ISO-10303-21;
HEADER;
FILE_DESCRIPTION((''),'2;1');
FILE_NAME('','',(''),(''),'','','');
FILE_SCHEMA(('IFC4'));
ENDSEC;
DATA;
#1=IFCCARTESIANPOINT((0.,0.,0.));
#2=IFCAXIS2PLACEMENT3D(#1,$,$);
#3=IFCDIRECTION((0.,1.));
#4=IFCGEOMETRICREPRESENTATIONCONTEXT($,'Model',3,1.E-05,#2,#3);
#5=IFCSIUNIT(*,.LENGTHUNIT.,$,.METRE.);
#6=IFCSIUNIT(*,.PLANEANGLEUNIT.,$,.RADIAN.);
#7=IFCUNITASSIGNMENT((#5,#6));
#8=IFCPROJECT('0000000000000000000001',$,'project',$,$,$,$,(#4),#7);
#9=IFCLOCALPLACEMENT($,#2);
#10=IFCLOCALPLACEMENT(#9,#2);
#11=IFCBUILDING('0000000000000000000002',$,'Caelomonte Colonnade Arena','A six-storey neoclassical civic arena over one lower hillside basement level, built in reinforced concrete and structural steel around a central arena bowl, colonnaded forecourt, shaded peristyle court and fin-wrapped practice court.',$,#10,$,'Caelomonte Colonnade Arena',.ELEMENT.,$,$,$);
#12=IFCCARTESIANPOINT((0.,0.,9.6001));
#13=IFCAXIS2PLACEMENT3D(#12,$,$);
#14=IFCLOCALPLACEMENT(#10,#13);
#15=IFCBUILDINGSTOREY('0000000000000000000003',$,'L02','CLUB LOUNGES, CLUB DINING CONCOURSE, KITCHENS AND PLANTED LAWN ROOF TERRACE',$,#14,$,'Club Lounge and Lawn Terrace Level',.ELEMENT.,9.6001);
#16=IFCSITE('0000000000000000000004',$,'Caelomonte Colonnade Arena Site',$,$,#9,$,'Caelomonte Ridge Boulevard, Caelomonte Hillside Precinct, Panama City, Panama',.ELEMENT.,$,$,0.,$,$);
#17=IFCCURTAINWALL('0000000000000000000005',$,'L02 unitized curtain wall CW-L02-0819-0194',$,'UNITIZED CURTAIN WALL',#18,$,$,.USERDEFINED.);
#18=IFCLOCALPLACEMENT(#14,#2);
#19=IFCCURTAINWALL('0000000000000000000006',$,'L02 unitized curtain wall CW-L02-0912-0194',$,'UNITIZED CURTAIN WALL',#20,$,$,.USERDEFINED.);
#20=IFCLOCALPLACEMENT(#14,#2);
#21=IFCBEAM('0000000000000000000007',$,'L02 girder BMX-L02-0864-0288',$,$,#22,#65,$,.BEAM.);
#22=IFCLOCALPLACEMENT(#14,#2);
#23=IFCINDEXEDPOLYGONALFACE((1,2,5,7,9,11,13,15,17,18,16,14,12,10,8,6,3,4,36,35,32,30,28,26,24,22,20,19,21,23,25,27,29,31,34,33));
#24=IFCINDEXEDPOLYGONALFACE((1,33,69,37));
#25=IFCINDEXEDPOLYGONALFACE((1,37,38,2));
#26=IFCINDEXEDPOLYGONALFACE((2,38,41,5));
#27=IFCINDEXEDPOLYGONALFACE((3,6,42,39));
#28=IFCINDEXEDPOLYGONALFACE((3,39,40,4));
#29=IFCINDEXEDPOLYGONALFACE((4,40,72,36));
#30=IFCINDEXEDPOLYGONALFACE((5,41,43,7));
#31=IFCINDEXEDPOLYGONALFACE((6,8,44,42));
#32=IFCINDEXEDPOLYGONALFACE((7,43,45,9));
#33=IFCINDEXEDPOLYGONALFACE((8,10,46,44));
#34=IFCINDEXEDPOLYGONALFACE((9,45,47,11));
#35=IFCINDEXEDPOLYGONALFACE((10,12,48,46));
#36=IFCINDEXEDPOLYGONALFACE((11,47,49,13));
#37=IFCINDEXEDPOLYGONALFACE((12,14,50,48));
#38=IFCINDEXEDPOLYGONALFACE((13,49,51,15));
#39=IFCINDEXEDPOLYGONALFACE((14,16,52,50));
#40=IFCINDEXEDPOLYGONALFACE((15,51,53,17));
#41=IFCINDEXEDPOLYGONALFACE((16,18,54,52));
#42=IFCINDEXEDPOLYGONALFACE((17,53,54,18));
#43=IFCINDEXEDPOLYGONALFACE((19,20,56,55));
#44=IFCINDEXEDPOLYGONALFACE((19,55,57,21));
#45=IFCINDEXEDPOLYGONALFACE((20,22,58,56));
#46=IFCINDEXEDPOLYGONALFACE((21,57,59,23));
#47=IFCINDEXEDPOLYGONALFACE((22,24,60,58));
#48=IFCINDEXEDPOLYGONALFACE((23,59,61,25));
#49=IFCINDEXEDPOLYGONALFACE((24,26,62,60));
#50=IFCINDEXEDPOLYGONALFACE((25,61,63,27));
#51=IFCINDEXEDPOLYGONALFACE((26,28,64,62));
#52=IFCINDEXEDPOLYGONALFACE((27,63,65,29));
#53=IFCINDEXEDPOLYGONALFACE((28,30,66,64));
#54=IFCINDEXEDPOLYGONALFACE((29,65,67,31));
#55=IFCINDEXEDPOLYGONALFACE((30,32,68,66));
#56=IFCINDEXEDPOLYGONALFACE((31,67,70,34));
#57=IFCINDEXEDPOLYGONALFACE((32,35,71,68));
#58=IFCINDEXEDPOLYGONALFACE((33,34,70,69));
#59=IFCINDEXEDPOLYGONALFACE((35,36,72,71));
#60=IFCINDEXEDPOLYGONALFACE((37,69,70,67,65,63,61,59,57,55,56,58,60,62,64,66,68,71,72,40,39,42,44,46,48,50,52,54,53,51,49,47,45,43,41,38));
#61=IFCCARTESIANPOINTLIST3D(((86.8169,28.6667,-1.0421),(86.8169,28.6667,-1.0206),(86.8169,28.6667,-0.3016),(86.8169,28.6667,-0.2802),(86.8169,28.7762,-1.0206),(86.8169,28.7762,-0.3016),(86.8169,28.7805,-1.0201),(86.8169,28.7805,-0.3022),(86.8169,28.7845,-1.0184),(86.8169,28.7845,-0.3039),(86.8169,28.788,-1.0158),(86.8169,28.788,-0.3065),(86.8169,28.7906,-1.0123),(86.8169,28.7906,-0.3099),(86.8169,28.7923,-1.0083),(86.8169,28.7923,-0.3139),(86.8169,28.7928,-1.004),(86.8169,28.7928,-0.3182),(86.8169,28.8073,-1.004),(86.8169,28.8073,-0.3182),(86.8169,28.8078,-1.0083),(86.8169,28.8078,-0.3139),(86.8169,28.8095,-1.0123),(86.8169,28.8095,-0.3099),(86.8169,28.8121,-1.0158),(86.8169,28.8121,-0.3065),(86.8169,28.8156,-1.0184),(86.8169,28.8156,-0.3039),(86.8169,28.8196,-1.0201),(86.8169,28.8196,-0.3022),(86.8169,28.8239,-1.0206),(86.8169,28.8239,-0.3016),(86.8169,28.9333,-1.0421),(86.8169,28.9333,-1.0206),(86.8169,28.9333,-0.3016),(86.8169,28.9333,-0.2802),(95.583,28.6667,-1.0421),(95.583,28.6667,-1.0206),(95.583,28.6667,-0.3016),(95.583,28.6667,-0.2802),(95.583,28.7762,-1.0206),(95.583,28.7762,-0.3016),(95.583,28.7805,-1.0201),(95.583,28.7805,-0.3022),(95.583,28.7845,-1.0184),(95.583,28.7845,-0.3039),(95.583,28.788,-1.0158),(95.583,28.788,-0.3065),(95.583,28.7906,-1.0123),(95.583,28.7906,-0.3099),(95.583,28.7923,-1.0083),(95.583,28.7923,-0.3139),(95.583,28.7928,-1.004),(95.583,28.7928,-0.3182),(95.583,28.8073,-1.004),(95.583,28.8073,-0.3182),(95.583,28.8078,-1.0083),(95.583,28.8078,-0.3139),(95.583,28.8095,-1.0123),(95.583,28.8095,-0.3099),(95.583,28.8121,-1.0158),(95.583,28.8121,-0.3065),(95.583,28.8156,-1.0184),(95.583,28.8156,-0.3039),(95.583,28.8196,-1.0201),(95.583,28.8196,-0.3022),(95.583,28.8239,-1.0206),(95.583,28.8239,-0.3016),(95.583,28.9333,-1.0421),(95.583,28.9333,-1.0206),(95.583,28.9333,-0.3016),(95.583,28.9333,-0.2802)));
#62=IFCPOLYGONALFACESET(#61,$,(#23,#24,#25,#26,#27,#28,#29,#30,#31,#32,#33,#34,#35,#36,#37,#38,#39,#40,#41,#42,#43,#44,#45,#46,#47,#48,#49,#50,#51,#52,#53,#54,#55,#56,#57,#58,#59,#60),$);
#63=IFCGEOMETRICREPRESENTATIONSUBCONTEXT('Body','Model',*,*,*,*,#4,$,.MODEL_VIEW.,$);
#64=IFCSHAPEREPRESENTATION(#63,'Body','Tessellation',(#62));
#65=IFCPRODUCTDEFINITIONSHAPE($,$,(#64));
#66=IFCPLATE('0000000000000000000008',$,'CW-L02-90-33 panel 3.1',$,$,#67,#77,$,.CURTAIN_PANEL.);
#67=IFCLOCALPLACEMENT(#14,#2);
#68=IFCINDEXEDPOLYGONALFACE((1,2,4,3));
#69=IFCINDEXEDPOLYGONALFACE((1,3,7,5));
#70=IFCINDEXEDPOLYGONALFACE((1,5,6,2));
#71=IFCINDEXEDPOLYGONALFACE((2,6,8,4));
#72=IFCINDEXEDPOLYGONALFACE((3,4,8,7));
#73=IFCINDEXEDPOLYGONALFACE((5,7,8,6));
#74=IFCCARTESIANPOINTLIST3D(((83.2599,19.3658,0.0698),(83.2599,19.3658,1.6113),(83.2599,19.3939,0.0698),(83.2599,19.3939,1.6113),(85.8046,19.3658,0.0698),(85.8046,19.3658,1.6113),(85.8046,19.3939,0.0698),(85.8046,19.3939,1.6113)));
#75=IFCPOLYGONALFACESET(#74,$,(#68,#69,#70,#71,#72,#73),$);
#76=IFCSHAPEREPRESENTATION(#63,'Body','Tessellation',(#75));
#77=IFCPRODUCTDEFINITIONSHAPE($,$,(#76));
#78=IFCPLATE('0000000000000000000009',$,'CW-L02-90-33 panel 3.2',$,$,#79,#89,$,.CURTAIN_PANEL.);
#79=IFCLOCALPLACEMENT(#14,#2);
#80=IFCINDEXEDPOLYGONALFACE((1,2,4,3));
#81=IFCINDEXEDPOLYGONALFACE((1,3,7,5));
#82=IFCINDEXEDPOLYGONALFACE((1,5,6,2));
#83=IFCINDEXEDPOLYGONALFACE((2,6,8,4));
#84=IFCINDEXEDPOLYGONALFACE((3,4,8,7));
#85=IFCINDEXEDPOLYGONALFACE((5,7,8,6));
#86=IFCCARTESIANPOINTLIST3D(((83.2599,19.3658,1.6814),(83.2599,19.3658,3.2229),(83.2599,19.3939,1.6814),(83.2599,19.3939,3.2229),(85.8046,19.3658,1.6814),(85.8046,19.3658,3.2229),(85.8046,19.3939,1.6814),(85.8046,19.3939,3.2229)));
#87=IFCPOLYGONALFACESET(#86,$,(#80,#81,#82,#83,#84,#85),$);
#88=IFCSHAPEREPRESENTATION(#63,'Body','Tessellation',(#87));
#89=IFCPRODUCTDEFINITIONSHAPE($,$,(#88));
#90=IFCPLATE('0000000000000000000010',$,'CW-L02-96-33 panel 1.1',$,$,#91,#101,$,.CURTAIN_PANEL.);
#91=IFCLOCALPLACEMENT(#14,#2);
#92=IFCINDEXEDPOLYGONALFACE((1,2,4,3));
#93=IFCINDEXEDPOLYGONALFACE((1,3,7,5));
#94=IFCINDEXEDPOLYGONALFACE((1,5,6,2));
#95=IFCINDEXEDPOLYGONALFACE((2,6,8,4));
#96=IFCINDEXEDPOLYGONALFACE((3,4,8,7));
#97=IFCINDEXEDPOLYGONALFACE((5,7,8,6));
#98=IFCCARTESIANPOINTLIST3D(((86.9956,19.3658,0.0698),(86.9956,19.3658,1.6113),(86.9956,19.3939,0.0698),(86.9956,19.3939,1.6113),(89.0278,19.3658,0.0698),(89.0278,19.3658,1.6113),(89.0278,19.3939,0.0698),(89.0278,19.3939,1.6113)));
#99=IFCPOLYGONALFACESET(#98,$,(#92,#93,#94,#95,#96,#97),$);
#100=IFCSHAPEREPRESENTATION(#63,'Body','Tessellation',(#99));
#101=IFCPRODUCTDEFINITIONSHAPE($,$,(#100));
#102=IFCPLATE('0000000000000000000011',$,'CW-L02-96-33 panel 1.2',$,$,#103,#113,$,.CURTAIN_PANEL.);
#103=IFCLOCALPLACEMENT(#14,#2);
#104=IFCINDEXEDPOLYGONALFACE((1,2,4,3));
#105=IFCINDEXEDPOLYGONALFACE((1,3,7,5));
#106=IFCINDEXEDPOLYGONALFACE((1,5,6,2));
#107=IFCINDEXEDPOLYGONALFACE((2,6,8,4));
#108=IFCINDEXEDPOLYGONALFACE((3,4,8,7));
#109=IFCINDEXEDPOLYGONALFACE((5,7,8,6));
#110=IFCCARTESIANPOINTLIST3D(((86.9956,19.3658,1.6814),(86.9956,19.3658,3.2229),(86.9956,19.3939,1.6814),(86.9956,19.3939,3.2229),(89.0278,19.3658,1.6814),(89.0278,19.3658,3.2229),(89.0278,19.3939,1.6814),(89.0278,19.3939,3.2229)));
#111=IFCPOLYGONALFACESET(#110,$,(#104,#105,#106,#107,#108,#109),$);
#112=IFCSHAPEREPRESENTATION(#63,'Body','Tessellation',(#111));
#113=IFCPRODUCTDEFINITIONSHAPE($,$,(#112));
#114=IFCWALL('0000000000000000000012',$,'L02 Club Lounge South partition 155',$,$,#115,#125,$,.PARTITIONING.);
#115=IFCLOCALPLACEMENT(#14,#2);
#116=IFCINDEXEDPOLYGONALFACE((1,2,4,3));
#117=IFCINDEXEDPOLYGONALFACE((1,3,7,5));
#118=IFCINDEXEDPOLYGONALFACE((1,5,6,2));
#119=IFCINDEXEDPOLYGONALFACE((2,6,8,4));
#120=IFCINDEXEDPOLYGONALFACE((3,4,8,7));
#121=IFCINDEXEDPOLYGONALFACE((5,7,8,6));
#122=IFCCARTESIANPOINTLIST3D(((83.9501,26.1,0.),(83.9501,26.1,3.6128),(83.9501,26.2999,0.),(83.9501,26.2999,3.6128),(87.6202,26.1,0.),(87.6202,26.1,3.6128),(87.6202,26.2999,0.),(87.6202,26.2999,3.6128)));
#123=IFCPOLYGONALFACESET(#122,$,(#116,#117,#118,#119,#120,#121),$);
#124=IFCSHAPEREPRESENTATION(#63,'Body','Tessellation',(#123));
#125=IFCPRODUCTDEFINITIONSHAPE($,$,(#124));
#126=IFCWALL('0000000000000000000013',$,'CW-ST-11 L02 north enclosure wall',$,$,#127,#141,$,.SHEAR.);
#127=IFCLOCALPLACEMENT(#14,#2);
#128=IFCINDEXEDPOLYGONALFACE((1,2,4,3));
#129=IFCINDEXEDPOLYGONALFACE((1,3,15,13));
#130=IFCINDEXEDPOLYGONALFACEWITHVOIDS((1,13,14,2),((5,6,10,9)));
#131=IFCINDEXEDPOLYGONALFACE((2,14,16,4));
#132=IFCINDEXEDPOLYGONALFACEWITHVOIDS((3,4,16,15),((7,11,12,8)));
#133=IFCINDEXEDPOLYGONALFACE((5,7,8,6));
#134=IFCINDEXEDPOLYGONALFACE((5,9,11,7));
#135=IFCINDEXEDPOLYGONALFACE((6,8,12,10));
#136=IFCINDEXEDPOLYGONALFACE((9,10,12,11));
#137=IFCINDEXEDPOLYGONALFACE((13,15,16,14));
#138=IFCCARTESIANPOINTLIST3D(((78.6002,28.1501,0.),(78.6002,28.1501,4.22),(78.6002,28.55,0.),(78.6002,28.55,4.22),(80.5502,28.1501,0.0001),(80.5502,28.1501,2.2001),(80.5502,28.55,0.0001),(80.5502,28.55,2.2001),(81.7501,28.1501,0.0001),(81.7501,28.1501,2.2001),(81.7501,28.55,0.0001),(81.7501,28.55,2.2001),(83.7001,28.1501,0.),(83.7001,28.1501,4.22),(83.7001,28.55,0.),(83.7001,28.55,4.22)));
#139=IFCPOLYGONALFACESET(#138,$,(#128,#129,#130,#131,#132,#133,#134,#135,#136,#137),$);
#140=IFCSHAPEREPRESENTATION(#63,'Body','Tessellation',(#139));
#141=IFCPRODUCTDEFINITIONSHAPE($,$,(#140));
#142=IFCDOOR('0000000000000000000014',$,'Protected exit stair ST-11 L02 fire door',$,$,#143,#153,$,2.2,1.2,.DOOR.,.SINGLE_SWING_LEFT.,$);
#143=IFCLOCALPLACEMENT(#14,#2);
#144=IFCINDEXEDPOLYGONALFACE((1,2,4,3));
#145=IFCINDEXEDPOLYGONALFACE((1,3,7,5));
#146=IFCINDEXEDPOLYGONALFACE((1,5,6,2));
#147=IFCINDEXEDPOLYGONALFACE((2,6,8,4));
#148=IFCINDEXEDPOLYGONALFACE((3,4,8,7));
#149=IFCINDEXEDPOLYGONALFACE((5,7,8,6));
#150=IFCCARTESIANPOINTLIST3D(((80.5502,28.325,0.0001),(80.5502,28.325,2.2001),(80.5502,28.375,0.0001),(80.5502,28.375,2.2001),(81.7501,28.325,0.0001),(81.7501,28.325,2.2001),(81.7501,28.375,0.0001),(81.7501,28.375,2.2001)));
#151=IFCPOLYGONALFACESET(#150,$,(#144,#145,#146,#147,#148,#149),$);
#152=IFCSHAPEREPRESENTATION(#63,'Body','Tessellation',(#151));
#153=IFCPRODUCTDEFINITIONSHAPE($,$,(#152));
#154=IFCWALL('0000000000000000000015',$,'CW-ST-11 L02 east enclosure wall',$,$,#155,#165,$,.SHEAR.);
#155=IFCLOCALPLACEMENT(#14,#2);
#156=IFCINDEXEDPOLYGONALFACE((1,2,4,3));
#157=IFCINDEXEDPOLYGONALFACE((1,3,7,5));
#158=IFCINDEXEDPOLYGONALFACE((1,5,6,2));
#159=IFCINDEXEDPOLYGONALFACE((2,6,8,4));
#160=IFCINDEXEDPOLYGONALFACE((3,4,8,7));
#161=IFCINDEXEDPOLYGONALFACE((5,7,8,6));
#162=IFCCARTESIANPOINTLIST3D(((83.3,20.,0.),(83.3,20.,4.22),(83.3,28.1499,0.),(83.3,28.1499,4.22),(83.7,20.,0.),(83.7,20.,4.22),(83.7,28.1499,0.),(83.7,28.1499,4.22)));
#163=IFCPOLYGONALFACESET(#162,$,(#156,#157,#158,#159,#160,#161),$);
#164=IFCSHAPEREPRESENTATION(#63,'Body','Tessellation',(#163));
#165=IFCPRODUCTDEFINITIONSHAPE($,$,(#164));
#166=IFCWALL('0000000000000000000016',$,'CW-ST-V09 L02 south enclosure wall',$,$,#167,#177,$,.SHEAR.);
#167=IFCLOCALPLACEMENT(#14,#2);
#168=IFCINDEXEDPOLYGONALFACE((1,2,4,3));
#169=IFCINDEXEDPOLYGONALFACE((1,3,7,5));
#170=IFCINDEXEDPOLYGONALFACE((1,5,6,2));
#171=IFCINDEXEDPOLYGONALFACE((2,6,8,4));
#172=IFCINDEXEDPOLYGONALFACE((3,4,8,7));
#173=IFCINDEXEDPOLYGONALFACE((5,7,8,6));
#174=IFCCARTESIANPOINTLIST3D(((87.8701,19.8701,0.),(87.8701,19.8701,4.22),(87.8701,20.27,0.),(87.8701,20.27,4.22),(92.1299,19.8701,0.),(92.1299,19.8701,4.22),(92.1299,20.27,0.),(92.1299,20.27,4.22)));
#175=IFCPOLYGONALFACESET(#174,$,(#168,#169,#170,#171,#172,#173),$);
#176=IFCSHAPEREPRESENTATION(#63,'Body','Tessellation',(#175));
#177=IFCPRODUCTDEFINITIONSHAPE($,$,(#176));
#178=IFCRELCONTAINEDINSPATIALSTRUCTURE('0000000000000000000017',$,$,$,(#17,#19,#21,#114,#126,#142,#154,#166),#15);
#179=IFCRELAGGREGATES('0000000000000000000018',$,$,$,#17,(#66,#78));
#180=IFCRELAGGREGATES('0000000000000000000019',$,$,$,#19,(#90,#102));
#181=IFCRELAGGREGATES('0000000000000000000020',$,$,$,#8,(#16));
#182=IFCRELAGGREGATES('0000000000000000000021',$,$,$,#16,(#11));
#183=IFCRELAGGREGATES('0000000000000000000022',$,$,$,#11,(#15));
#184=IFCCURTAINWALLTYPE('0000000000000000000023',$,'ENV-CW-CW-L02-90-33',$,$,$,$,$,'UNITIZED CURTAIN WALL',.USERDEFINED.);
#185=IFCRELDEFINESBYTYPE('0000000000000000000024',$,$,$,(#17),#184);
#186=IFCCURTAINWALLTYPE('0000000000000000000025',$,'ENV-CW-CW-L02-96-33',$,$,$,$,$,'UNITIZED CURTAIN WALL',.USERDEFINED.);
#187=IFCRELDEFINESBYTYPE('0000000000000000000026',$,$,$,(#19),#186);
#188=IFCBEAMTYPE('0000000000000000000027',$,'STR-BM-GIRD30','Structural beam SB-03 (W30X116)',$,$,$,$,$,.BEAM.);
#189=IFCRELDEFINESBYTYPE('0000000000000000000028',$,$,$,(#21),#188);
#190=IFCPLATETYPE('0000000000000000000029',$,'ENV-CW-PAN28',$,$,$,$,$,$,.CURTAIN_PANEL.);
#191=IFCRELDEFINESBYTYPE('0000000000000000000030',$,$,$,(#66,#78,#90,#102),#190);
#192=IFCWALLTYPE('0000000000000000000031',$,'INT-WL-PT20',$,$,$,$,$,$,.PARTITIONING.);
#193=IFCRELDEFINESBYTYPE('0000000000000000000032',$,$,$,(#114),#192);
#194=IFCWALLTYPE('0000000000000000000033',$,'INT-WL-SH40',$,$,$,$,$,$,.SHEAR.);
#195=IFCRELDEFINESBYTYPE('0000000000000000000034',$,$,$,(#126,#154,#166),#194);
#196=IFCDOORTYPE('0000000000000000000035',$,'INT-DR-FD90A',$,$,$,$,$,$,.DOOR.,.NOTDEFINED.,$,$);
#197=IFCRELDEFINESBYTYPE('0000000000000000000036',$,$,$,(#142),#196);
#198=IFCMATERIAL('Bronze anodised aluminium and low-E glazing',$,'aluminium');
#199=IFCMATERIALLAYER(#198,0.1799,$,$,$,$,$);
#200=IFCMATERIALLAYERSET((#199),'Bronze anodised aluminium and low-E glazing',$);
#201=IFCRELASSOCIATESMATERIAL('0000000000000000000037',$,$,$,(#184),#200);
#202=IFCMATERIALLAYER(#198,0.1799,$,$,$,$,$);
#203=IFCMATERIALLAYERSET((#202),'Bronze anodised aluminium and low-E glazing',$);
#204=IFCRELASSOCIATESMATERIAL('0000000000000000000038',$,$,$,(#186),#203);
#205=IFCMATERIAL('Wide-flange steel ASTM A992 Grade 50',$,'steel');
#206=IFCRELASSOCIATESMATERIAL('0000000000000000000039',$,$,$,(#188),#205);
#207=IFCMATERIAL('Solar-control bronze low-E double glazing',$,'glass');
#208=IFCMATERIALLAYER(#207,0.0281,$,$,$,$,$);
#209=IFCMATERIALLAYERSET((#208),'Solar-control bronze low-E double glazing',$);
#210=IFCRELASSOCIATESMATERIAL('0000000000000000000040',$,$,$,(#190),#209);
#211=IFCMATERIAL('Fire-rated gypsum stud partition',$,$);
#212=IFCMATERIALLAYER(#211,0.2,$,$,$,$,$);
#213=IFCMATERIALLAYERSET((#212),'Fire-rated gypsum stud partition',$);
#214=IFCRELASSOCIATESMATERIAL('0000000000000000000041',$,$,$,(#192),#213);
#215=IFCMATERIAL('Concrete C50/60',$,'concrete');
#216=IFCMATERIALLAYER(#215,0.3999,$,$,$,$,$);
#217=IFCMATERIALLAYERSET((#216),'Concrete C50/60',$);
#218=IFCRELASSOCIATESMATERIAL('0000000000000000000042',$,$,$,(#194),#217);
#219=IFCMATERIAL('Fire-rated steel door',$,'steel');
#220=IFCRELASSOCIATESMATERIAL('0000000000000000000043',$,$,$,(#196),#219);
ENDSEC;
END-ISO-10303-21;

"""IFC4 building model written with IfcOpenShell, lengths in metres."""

from ifc_helpers import new_model, si_unit, direction, frame, frame_2d, origin, origin_2d, place, context, subcontext, project, spatial, rectangle, i_section, extrude, material, layer, layer_set, material_profile, profile_set, type_object, element, fill, aggregate, save


model = new_model("IFC4")

# Units and contexts
model_context = context("Model", 3, precision=1e-05, world=origin(), true_north=direction((0.0, 1.0)))
body_context = subcontext(model_context, "Body", "Model", "MODEL_VIEW")
ifc_project = project(units=[si_unit("LENGTHUNIT", "METRE"), si_unit("PLANEANGLEUNIT", "RADIAN")], contexts=[model_context])

# Site, building, storey
site_placement = place(None, origin())
site = spatial("IfcSite", under=ifc_project, at=site_placement, Name="Caelomonte Colonnade Arena Site", LongName="Caelomonte Ridge Boulevard, Caelomonte Hillside Precinct, Panama City, Panama", CompositionType="ELEMENT", RefElevation=0.0)
building_placement = place(site_placement, origin())
building = spatial("IfcBuilding", under=site, at=building_placement, Name="Caelomonte Colonnade Arena", Description="A six-storey neoclassical civic arena over one lower hillside basement level, built in reinforced concrete and structural steel around a central arena bowl, colonnaded forecourt, shaded peristyle court and fin-wrapped practice court.", LongName="Caelomonte Colonnade Arena", CompositionType="ELEMENT")
storey_placement = place(building_placement, frame((0.0, 0.0, 9.6001)))
storey = spatial("IfcBuildingStorey", under=building, at=storey_placement, Name="L02", Description="CLUB LOUNGES, CLUB DINING CONCOURSE, KITCHENS AND PLANTED LAWN ROOF TERRACE", LongName="Club Lounge and Lawn Terrace Level", CompositionType="ELEMENT", Elevation=9.6001)

# Shared definitions
ifc_material_1 = material(Name="Concrete C50/60", Category="concrete")

# Curtain walls
ifc_material_2 = material(Name="Bronze anodised aluminium and low-E glazing", Category="aluminium")
ifc_layer_1 = layer(ifc_material_2, 0.1799)
ifc_layer_set_1 = layer_set([ifc_layer_1], Name="Bronze anodised aluminium and low-E glazing")
curtain_wall_type_1 = type_object("IfcCurtainWallType", Name="ENV-CW-CW-L02-90-33", ElementType="UNITIZED CURTAIN WALL", PredefinedType="USERDEFINED", material=ifc_layer_set_1)
curtain_wall_1_placement = place(storey_placement, origin())
curtain_wall_1 = element("IfcCurtainWall", 1, at=curtain_wall_1_placement, inside=storey, type_object=curtain_wall_type_1, Name="L02 unitized curtain wall CW-L02-0819-0194", ObjectType="UNITIZED CURTAIN WALL", PredefinedType="USERDEFINED")
ifc_layer_2 = layer(ifc_material_2, 0.1799)
ifc_layer_set_2 = layer_set([ifc_layer_2], Name="Bronze anodised aluminium and low-E glazing")
curtain_wall_type_2 = type_object("IfcCurtainWallType", Name="ENV-CW-CW-L02-96-33", ElementType="UNITIZED CURTAIN WALL", PredefinedType="USERDEFINED", material=ifc_layer_set_2)
curtain_wall_2_placement = place(storey_placement, origin())
curtain_wall_2 = element("IfcCurtainWall", 2, at=curtain_wall_2_placement, inside=storey, type_object=curtain_wall_type_2, Name="L02 unitized curtain wall CW-L02-0912-0194", ObjectType="UNITIZED CURTAIN WALL", PredefinedType="USERDEFINED")

# Beam
ifc_material_3 = material(Name="Wide-flange steel ASTM A992 Grade 50", Category="steel")
ifc_material_profile_1 = material_profile(ifc_material_3, i_section(OverallWidth=0.2666, OverallDepth=0.762, WebThickness=0.0144, FlangeThickness=0.0215, FilletRadius=0.0166, at=origin_2d()), Name="W30X116")
ifc_profile_set_1 = profile_set([ifc_material_profile_1], Name="Wide-flange steel ASTM A992 Grade 50")
beam_type_1 = type_object("IfcBeamType", Name="STR-BM-GIRD30", Description="Structural beam SB-03 (W30X116)", PredefinedType="BEAM", material=ifc_profile_set_1)
beam_1_placement = place(storey_placement, frame((86.8169, 28.8, -0.6611), z_axis=(1.0, 0.0, 0.0), x_axis=(0.0, 1.0, 0.0)))
element("IfcBeam", 3, at=beam_1_placement, inside=storey, type_object=beam_type_1, Name="L02 girder BMX-L02-0864-0288", PredefinedType="BEAM", context=body_context, shape_type="SweptSolid", body=[
    extrude(i_section(OverallWidth=0.2666, OverallDepth=0.762, WebThickness=0.0144, FlangeThickness=0.0215, FilletRadius=0.0166, at=origin_2d()), origin(), (0.0, 0.0, 1.0), 8.7661),
])

# Plates
ifc_material_4 = material(Name="Solar-control bronze low-E double glazing", Category="glass")
ifc_layer_3 = layer(ifc_material_4, 0.0281)
ifc_layer_set_3 = layer_set([ifc_layer_3], Name="Solar-control bronze low-E double glazing")
plate_type = type_object("IfcPlateType", Name="ENV-CW-PAN28", PredefinedType="CURTAIN_PANEL", material=ifc_layer_set_3)
plate_1_placement = place(storey_placement, frame((84.5322, 19.3799, 0.0698), z_axis=(0.0, 0.0, 1.0), x_axis=(1.0, 0.0, 0.0)))
plate_1 = element("IfcPlate", 4, at=plate_1_placement, type_object=plate_type, Name="CW-L02-90-33 panel 3.1", PredefinedType="CURTAIN_PANEL", context=body_context, shape_type="SweptSolid", body=[
    extrude(rectangle(XDim=2.5447, YDim=0.0281, at=origin_2d()), origin(), (0.0, 0.0, 1.0), 1.5415),
])
plate_2_placement = place(storey_placement, frame((84.5322, 19.3799, 1.6814), z_axis=(0.0, 0.0, 1.0), x_axis=(1.0, 0.0, 0.0)))
plate_2 = element("IfcPlate", 5, at=plate_2_placement, type_object=plate_type, Name="CW-L02-90-33 panel 3.2", PredefinedType="CURTAIN_PANEL", context=body_context, shape_type="SweptSolid", body=[
    extrude(rectangle(XDim=2.5447, YDim=0.0281, at=origin_2d()), origin(), (0.0, 0.0, 1.0), 1.5415),
])
aggregate(curtain_wall_1, [plate_1, plate_2])
plate_3_placement = place(storey_placement, frame((88.0117, 19.3799, 0.0698), z_axis=(0.0, 0.0, 1.0), x_axis=(1.0, 0.0, 0.0)))
plate_3 = element("IfcPlate", 6, at=plate_3_placement, type_object=plate_type, Name="CW-L02-96-33 panel 1.1", PredefinedType="CURTAIN_PANEL", context=body_context, shape_type="SweptSolid", body=[
    extrude(rectangle(XDim=2.0322, YDim=0.0281, at=origin_2d()), origin(), (0.0, 0.0, 1.0), 1.5415),
])
plate_4_placement = place(storey_placement, frame((88.0117, 19.3799, 1.6814), z_axis=(0.0, 0.0, 1.0), x_axis=(1.0, 0.0, 0.0)))
plate_4 = element("IfcPlate", 7, at=plate_4_placement, type_object=plate_type, Name="CW-L02-96-33 panel 1.2", PredefinedType="CURTAIN_PANEL", context=body_context, shape_type="SweptSolid", body=[
    extrude(rectangle(XDim=2.0322, YDim=0.0281, at=origin_2d()), origin(), (0.0, 0.0, 1.0), 1.5415),
])
aggregate(curtain_wall_2, [plate_3, plate_4])

# Wall
ifc_material_5 = material(Name="Fire-rated gypsum stud partition")
ifc_layer_4 = layer(ifc_material_5, 0.2)
ifc_layer_set_4 = layer_set([ifc_layer_4], Name="Fire-rated gypsum stud partition")
wall_type_1 = type_object("IfcWallType", Name="INT-WL-PT20", PredefinedType="PARTITIONING", material=ifc_layer_set_4)
wall_1_placement = place(storey_placement, frame((87.6201, 26.2, 0.0), z_axis=(0.0, 0.0, 1.0), x_axis=(-1.0, 0.0, 0.0)))
element("IfcWall", 8, at=wall_1_placement, inside=storey, type_object=wall_type_1, Name="L02 Club Lounge South partition 155", PredefinedType="PARTITIONING", context=body_context, shape_type="SweptSolid", body=[
    extrude(rectangle(XDim=3.6702, YDim=0.2, at=frame_2d((1.835, 0.0))), origin(), (0.0, 0.0, 1.0), 3.6128),
])

# Wall, opening, door
ifc_layer_5 = layer(ifc_material_1, 0.3999)
ifc_layer_set_5 = layer_set([ifc_layer_5], Name="Concrete C50/60")
wall_type_2 = type_object("IfcWallType", Name="INT-WL-SH40", PredefinedType="SHEAR", material=ifc_layer_set_5)
wall_2_placement = place(storey_placement, frame((83.7, 28.3501, 0.0), z_axis=(0.0, 0.0, 1.0), x_axis=(-1.0, 0.0, 0.0)))
wall_2 = element("IfcWall", 9, at=wall_2_placement, inside=storey, type_object=wall_type_2, Name="CW-ST-11 L02 north enclosure wall", PredefinedType="SHEAR", context=body_context, shape_type="SweptSolid", body=[
    extrude(rectangle(XDim=5.0999, YDim=0.3999, at=frame_2d((2.5498, 0.0))), origin(), (0.0, 0.0, 1.0), 4.22),
])
opening_placement = place(wall_2_placement, frame((3.1499, 0.0, 0.0), z_axis=(0.0, 0.0, 1.0), x_axis=(-1.0, 0.0, 0.0)))
opening = element("IfcOpeningElement", 10, at=opening_placement, cuts=wall_2, PredefinedType="OPENING", context=body_context, shape_type="SweptSolid", body=[
    extrude(rectangle(XDim=1.2, YDim=2.2, at=frame_2d((0.6001, 1.1001))), frame((0.0, 0.21, 0.0), z_axis=(0.0, -1.0, 0.0), x_axis=(1.0, 0.0, 0.0)), (0.0, 0.0, 1.0), 0.4199),
])
ifc_material_6 = material(Name="Fire-rated steel door", Category="steel")
door_type = type_object("IfcDoorType", Name="INT-DR-FD90A", OperationType="NOTDEFINED", PredefinedType="DOOR", material=ifc_material_6)
door_placement = place(opening_placement, origin())
door = element("IfcDoor", 11, at=door_placement, inside=storey, type_object=door_type, Name="Protected exit stair ST-11 L02 fire door", OperationType="SINGLE_SWING_LEFT", OverallHeight=2.2, OverallWidth=1.2, PredefinedType="DOOR", context=body_context, shape_type="SweptSolid", body=[
    extrude(rectangle(XDim=1.2, YDim=2.2, at=frame_2d((0.6001, 1.1001))), frame((0.0, 0.0249, 0.0), z_axis=(0.0, -1.0, 0.0), x_axis=(1.0, 0.0, 0.0)), (0.0, 0.0, 1.0), 0.05),
])
fill(opening, door)

# Walls
wall_3_placement = place(storey_placement, frame((83.5, 20.0, 0.0), z_axis=(0.0, 0.0, 1.0), x_axis=(0.0, 1.0, 0.0)))
element("IfcWall", 12, at=wall_3_placement, inside=storey, type_object=wall_type_2, Name="CW-ST-11 L02 east enclosure wall", PredefinedType="SHEAR", context=body_context, shape_type="SweptSolid", body=[
    extrude(rectangle(XDim=8.1499, YDim=0.3999, at=frame_2d((4.075, 0.0))), origin(), (0.0, 0.0, 1.0), 4.22),
])
wall_4_placement = place(storey_placement, frame((87.8701, 20.0701, 0.0), z_axis=(0.0, 0.0, 1.0), x_axis=(1.0, 0.0, 0.0)))
element("IfcWall", 13, at=wall_4_placement, inside=storey, type_object=wall_type_2, Name="CW-ST-V09 L02 south enclosure wall", PredefinedType="SHEAR", context=body_context, shape_type="SweptSolid", body=[
    extrude(rectangle(XDim=4.2598, YDim=0.3999, at=frame_2d((2.1299, 0.0))), origin(), (0.0, 0.0, 1.0), 4.22),
])

save(model, "model.ifc")
